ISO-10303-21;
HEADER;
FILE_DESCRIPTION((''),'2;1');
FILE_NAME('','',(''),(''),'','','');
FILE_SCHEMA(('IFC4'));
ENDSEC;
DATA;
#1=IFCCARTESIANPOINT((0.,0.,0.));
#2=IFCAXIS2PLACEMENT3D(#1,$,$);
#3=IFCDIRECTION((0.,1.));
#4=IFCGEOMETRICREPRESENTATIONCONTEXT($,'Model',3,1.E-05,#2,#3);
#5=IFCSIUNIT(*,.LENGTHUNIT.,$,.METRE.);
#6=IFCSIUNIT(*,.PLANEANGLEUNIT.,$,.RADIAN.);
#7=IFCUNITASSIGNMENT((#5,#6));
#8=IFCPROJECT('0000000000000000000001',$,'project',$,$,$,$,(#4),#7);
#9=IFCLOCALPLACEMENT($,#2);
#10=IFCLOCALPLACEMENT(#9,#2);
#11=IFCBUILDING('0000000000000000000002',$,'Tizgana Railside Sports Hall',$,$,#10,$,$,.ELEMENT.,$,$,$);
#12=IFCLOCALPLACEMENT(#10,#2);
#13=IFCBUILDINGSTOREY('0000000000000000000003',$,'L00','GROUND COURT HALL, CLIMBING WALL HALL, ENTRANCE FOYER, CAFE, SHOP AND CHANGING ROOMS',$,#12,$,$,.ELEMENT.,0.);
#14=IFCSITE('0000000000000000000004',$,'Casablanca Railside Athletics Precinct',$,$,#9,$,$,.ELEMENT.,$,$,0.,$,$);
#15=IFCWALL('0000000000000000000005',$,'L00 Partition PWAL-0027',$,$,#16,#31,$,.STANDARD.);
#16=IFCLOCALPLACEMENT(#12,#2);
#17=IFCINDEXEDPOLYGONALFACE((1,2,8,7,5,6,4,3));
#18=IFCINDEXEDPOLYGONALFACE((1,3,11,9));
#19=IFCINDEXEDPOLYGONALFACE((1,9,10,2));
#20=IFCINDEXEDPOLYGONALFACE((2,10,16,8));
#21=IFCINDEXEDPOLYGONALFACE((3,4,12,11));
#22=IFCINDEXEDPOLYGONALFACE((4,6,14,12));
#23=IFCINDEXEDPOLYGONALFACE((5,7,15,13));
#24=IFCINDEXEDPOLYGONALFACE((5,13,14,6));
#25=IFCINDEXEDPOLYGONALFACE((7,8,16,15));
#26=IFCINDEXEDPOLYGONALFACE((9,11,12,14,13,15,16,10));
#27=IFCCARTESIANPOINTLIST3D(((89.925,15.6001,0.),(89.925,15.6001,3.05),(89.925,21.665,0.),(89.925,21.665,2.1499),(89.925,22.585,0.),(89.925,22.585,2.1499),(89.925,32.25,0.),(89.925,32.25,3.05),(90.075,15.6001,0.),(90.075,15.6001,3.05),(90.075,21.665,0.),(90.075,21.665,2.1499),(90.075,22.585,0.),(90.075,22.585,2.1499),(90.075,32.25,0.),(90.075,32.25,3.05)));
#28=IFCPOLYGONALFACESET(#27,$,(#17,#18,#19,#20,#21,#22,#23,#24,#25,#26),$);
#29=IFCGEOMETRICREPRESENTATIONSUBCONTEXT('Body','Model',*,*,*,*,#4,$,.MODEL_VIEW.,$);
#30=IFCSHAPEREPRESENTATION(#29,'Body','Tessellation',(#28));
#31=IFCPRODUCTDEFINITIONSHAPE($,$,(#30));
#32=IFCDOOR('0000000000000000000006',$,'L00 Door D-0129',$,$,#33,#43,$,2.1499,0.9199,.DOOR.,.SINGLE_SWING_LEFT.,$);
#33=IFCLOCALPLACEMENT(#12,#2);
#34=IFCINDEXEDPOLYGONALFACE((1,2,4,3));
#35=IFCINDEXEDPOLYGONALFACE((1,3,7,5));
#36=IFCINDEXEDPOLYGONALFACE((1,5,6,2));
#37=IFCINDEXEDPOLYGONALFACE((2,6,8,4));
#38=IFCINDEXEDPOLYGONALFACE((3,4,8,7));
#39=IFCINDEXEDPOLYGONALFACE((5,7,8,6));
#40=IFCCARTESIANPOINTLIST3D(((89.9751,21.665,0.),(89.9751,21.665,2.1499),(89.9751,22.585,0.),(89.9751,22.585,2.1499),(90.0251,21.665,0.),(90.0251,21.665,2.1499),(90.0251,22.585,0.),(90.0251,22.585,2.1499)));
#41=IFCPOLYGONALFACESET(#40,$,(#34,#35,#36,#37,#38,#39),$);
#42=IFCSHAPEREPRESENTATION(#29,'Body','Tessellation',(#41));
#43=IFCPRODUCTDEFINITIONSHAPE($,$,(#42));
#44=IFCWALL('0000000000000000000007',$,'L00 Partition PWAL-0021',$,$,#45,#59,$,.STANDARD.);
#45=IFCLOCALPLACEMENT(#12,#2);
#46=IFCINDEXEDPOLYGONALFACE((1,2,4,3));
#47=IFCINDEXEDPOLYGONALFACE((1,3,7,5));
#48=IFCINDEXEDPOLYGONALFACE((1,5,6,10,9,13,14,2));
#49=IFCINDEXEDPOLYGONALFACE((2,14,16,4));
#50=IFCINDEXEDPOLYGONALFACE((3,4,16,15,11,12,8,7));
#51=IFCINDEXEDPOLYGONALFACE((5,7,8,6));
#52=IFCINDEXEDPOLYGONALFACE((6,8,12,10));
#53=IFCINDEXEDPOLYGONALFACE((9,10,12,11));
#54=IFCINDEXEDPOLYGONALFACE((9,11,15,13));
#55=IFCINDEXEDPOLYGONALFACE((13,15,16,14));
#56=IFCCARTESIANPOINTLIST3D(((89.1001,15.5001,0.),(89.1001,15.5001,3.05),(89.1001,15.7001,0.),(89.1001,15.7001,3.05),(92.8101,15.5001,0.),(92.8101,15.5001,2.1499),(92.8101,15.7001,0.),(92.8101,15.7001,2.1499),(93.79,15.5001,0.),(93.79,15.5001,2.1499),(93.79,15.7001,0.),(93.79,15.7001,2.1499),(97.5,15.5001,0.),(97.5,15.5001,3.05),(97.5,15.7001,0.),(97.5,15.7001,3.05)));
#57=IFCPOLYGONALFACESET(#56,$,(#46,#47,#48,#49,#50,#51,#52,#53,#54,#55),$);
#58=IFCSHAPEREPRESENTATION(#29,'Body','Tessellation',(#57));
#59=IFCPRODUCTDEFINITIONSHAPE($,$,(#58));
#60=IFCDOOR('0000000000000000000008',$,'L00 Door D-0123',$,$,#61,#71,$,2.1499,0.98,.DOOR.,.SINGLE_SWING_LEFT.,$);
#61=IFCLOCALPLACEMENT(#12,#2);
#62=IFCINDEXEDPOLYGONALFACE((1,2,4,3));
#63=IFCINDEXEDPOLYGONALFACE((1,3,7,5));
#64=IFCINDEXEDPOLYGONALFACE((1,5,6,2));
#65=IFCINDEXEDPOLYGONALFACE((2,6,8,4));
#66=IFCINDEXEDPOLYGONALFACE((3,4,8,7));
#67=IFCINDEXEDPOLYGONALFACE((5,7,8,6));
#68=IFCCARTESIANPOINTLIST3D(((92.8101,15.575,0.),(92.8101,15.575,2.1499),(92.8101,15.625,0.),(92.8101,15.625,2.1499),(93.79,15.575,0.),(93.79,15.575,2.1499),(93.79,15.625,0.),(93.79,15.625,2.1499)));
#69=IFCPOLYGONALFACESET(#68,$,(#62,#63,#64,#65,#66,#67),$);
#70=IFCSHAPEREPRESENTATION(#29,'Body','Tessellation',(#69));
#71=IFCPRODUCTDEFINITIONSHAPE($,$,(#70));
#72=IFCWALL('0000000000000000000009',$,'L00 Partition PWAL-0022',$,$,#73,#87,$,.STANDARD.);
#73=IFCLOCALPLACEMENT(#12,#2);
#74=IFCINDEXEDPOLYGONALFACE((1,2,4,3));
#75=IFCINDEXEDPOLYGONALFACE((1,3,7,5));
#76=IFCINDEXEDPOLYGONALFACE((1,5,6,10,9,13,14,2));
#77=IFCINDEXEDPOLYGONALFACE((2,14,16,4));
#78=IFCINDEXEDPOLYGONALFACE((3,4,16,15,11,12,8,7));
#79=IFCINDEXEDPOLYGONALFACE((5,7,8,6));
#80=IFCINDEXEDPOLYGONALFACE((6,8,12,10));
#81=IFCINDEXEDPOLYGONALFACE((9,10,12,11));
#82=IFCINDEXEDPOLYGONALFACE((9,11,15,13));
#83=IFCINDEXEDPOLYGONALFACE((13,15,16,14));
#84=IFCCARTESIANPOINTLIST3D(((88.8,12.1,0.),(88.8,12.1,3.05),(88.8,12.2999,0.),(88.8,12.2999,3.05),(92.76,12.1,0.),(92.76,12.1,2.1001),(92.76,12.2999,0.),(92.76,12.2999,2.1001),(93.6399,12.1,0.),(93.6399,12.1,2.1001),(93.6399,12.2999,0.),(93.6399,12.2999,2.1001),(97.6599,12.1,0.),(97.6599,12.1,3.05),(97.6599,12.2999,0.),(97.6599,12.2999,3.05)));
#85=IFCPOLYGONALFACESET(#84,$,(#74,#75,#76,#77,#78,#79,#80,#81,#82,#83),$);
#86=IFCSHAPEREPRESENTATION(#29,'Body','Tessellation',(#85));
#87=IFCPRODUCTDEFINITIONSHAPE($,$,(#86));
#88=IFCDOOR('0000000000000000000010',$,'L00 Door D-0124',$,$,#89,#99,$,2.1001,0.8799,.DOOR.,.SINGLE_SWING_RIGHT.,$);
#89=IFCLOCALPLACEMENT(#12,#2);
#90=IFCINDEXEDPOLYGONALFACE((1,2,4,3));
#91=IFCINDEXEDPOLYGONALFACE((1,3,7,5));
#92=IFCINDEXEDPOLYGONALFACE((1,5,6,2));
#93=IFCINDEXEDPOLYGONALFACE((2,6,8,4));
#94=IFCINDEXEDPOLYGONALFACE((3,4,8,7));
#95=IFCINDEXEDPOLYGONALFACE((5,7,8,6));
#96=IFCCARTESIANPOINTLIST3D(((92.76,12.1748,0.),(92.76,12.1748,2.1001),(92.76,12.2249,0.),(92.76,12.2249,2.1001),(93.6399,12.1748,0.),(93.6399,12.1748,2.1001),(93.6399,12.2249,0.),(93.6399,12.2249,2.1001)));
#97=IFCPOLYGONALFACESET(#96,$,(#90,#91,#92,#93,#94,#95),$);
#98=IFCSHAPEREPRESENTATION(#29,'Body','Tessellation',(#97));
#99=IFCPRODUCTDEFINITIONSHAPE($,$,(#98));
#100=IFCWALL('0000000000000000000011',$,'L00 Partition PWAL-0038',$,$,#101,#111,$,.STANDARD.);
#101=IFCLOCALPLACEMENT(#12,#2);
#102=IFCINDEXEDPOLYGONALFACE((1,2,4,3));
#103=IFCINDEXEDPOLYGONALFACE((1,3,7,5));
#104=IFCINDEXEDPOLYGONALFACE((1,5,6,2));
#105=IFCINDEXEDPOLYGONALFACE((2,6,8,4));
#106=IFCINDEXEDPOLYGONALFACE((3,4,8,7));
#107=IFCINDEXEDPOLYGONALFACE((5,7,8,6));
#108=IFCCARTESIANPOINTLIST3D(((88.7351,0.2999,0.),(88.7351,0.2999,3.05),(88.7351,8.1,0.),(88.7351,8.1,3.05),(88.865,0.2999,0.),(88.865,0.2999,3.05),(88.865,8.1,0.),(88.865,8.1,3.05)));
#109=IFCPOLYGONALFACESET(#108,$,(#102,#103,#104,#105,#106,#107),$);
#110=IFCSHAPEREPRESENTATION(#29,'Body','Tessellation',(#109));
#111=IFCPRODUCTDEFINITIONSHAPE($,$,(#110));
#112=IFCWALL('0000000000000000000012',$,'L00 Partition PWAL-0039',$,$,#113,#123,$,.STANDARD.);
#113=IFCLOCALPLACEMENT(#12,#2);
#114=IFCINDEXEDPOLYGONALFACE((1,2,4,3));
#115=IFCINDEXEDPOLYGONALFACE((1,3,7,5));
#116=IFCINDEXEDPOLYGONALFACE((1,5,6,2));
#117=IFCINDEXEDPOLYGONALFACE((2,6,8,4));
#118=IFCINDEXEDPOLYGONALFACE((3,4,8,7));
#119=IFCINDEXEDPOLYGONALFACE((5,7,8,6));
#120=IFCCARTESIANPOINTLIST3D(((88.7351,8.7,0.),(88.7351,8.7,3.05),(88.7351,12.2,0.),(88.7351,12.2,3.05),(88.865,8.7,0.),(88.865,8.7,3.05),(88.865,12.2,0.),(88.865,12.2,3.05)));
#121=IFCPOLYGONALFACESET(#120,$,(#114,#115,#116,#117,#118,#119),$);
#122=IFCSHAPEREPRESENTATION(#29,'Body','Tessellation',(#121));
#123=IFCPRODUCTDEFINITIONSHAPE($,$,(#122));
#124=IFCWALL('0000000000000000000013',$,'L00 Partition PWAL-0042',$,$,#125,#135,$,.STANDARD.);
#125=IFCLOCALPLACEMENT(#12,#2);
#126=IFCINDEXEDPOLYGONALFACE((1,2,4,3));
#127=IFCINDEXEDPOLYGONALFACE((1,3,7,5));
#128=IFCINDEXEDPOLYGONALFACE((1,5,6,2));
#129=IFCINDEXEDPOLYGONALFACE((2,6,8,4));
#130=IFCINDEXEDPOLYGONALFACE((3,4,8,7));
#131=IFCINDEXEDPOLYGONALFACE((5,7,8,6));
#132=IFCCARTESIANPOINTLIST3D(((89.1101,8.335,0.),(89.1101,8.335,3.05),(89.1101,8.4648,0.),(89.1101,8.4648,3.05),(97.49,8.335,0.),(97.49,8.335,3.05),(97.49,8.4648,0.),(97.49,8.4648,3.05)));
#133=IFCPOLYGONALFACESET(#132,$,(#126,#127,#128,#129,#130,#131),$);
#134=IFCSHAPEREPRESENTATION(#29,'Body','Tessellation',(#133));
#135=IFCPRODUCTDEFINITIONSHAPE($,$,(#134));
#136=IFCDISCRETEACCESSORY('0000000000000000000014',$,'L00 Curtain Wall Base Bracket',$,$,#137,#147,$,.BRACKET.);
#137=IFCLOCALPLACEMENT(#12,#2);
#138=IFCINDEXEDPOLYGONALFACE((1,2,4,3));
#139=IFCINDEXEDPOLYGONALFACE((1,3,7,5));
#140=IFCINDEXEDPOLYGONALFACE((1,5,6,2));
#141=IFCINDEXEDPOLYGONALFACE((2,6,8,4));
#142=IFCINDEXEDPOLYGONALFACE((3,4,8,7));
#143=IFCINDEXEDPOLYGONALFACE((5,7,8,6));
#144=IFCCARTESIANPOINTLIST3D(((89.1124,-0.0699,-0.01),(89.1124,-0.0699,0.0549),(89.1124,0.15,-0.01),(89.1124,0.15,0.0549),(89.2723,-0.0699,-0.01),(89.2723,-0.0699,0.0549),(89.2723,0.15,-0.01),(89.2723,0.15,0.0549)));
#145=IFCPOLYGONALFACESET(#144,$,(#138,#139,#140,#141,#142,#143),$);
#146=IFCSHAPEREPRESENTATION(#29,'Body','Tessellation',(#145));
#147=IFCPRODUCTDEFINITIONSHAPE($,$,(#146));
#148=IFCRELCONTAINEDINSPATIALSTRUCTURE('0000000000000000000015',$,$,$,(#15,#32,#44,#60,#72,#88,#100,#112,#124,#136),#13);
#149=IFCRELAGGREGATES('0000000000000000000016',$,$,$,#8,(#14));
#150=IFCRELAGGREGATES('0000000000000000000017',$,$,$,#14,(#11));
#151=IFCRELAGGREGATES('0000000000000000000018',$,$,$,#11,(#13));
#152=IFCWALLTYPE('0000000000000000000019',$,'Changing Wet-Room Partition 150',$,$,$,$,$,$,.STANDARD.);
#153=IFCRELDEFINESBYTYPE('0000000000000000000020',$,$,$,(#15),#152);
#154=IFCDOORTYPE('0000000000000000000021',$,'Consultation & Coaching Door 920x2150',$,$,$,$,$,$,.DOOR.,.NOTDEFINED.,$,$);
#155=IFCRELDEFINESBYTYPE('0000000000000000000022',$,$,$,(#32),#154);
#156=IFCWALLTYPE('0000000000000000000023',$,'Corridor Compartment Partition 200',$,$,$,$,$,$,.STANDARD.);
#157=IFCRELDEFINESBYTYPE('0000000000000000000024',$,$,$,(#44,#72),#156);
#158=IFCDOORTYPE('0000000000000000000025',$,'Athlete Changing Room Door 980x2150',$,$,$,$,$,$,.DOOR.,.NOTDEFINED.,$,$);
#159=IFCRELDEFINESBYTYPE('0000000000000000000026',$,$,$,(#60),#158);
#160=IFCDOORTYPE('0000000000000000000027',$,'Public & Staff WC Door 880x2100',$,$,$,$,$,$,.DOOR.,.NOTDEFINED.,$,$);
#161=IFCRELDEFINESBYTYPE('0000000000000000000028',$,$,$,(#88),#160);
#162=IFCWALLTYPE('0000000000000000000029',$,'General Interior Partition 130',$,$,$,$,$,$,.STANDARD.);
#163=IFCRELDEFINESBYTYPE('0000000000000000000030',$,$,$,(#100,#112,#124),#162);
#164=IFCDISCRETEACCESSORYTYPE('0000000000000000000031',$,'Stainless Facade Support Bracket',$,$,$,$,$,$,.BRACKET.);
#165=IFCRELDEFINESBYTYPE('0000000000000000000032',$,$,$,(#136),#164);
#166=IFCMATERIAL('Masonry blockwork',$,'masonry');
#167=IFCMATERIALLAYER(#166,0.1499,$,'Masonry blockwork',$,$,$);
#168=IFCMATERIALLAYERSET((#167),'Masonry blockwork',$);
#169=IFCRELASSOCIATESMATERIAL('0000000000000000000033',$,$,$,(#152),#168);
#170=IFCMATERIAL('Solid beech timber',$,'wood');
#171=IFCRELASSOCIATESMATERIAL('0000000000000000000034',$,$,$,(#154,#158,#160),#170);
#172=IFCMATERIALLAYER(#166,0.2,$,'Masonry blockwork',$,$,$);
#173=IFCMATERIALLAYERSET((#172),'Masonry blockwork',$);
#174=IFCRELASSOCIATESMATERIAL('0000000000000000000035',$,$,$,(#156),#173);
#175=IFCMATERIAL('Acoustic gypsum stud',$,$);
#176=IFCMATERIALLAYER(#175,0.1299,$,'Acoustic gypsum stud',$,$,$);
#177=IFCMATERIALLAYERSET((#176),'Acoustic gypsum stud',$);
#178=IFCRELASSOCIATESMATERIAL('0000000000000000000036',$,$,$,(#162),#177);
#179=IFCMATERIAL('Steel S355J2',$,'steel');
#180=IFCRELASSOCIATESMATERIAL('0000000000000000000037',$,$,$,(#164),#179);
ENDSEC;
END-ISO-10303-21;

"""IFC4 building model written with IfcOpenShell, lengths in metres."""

from ifc_helpers import new_model, si_unit, direction, frame, frame_2d, origin, origin_2d, place, context, subcontext, project, spatial, rectangle, extrude, material, layer, layer_set, type_object, element, fill, save


model = new_model("IFC4")

# Units and contexts
model_context = context("Model", 3, precision=1e-05, world=origin(), true_north=direction((0.0, 1.0)))
body_context = subcontext(model_context, "Body", "Model", "MODEL_VIEW")
ifc_project = project(units=[si_unit("LENGTHUNIT", "METRE"), si_unit("PLANEANGLEUNIT", "RADIAN")], contexts=[model_context])

# Site, building, storey
site_placement = place(None, origin())
site = spatial("IfcSite", under=ifc_project, at=site_placement, Name="Casablanca Railside Athletics Precinct", CompositionType="ELEMENT", RefElevation=0.0)
building_placement = place(site_placement, origin())
building = spatial("IfcBuilding", under=site, at=building_placement, Name="Tizgana Railside Sports Hall", CompositionType="ELEMENT")
storey_placement = place(building_placement, origin())
storey = spatial("IfcBuildingStorey", under=building, at=storey_placement, Name="L00", Description="GROUND COURT HALL, CLIMBING WALL HALL, ENTRANCE FOYER, CAFE, SHOP AND CHANGING ROOMS", CompositionType="ELEMENT", Elevation=0.0)

# Shared definitions
ifc_material_1 = material(Name="Steel S355J2", Category="steel")

# Walls, openings, doors
ifc_material_2 = material(Name="Masonry blockwork", Category="masonry")
ifc_layer_1 = layer(ifc_material_2, 0.1499, Name="Masonry blockwork")
ifc_layer_set_1 = layer_set([ifc_layer_1], Name="Masonry blockwork")
wall_type_1 = type_object("IfcWallType", Name="Changing Wet-Room Partition 150", PredefinedType="STANDARD", material=ifc_layer_set_1)
wall_1_placement = place(storey_placement, frame((90.0, 15.6001, 0.0), z_axis=(0.0, 0.0, 1.0), x_axis=(0.0, 1.0, 0.0)))
wall_1 = element("IfcWall", 1, at=wall_1_placement, inside=storey, type_object=wall_type_1, Name="L00 Partition PWAL-0027", PredefinedType="STANDARD", context=body_context, shape_type="SweptSolid", body=[
    extrude(rectangle(XDim=16.6499, YDim=0.1499, at=frame_2d((8.325, 0.0))), origin(), (0.0, 0.0, 1.0), 3.05),
])
opening_1_placement = place(wall_1_placement, frame((6.0649, 0.0, 0.0)))
opening_1 = element("IfcOpeningElement", 2, at=opening_1_placement, cuts=wall_1, PredefinedType="OPENING", context=body_context, shape_type="SweptSolid", body=[
    extrude(rectangle(XDim=0.9199, YDim=2.1499, at=frame_2d((0.46, 1.075))), frame((0.0, 0.085, 0.0), z_axis=(0.0, -1.0, 0.0), x_axis=(1.0, 0.0, 0.0)), (0.0, 0.0, 1.0), 0.1699),
])
ifc_material_3 = material(Name="Solid beech timber", Category="wood")
door_type_1 = type_object("IfcDoorType", Name="Consultation & Coaching Door 920x2150", OperationType="NOTDEFINED", PredefinedType="DOOR", material=ifc_material_3)
door_1_placement = place(opening_1_placement, origin())
door_1 = element("IfcDoor", 3, at=door_1_placement, inside=storey, type_object=door_type_1, Name="L00 Door D-0129", OperationType="SINGLE_SWING_LEFT", OverallHeight=2.1499, OverallWidth=0.9199, PredefinedType="DOOR", context=body_context, shape_type="SweptSolid", body=[
    extrude(rectangle(XDim=0.9199, YDim=2.1499, at=frame_2d((0.46, 1.075))), frame((0.0, 0.0249, 0.0), z_axis=(0.0, -1.0, 0.0), x_axis=(1.0, 0.0, 0.0)), (0.0, 0.0, 1.0), 0.05),
])
fill(opening_1, door_1)
ifc_layer_2 = layer(ifc_material_2, 0.2, Name="Masonry blockwork")
ifc_layer_set_2 = layer_set([ifc_layer_2], Name="Masonry blockwork")
wall_type_2 = type_object("IfcWallType", Name="Corridor Compartment Partition 200", PredefinedType="STANDARD", material=ifc_layer_set_2)
wall_2_placement = place(storey_placement, frame((89.1001, 15.6001, 0.0), z_axis=(0.0, 0.0, 1.0), x_axis=(1.0, 0.0, 0.0)))
wall_2 = element("IfcWall", 4, at=wall_2_placement, inside=storey, type_object=wall_type_2, Name="L00 Partition PWAL-0021", PredefinedType="STANDARD", context=body_context, shape_type="SweptSolid", body=[
    extrude(rectangle(XDim=8.3999, YDim=0.2, at=frame_2d((4.2, 0.0))), origin(), (0.0, 0.0, 1.0), 3.05),
])
opening_2_placement = place(wall_2_placement, frame((3.71, 0.0, 0.0)))
opening_2 = element("IfcOpeningElement", 5, at=opening_2_placement, cuts=wall_2, PredefinedType="OPENING", context=body_context, shape_type="SweptSolid", body=[
    extrude(rectangle(XDim=0.98, YDim=2.1499, at=frame_2d((0.49, 1.075))), frame((0.0, 0.1099, 0.0), z_axis=(0.0, -1.0, 0.0), x_axis=(1.0, 0.0, 0.0)), (0.0, 0.0, 1.0), 0.22),
])
door_type_2 = type_object("IfcDoorType", Name="Athlete Changing Room Door 980x2150", OperationType="NOTDEFINED", PredefinedType="DOOR", material=ifc_material_3)
door_2_placement = place(opening_2_placement, origin())
door_2 = element("IfcDoor", 6, at=door_2_placement, inside=storey, type_object=door_type_2, Name="L00 Door D-0123", OperationType="SINGLE_SWING_LEFT", OverallHeight=2.1499, OverallWidth=0.98, PredefinedType="DOOR", context=body_context, shape_type="SweptSolid", body=[
    extrude(rectangle(XDim=0.98, YDim=2.1499, at=frame_2d((0.49, 1.075))), frame((0.0, 0.0249, 0.0), z_axis=(0.0, -1.0, 0.0), x_axis=(1.0, 0.0, 0.0)), (0.0, 0.0, 1.0), 0.05),
])
fill(opening_2, door_2)
wall_3_placement = place(storey_placement, frame((88.8, 12.2, 0.0), z_axis=(0.0, 0.0, 1.0), x_axis=(1.0, 0.0, 0.0)))
wall_3 = element("IfcWall", 7, at=wall_3_placement, inside=storey, type_object=wall_type_2, Name="L00 Partition PWAL-0022", PredefinedType="STANDARD", context=body_context, shape_type="SweptSolid", body=[
    extrude(rectangle(XDim=8.8599, YDim=0.2, at=frame_2d((4.4299, 0.0))), origin(), (0.0, 0.0, 1.0), 3.05),
])
opening_3_placement = place(wall_3_placement, frame((3.96, 0.0, 0.0)))
opening_3 = element("IfcOpeningElement", 8, at=opening_3_placement, cuts=wall_3, PredefinedType="OPENING", context=body_context, shape_type="SweptSolid", body=[
    extrude(rectangle(XDim=0.8799, YDim=2.1001, at=frame_2d((0.4399, 1.05))), frame((0.0, 0.1099, 0.0), z_axis=(0.0, -1.0, 0.0), x_axis=(1.0, 0.0, 0.0)), (0.0, 0.0, 1.0), 0.22),
])
door_type_3 = type_object("IfcDoorType", Name="Public & Staff WC Door 880x2100", OperationType="NOTDEFINED", PredefinedType="DOOR", material=ifc_material_3)
door_3_placement = place(opening_3_placement, origin())
door_3 = element("IfcDoor", 9, at=door_3_placement, inside=storey, type_object=door_type_3, Name="L00 Door D-0124", OperationType="SINGLE_SWING_RIGHT", OverallHeight=2.1001, OverallWidth=0.8799, PredefinedType="DOOR", context=body_context, shape_type="SweptSolid", body=[
    extrude(rectangle(XDim=0.8799, YDim=2.1001, at=frame_2d((0.4399, 1.05))), frame((0.0, 0.0249, 0.0), z_axis=(0.0, -1.0, 0.0), x_axis=(1.0, 0.0, 0.0)), (0.0, 0.0, 1.0), 0.05),
])
fill(opening_3, door_3)

# Walls
ifc_material_4 = material(Name="Acoustic gypsum stud")
ifc_layer_3 = layer(ifc_material_4, 0.1299, Name="Acoustic gypsum stud")
ifc_layer_set_3 = layer_set([ifc_layer_3], Name="Acoustic gypsum stud")
wall_type_3 = type_object("IfcWallType", Name="General Interior Partition 130", PredefinedType="STANDARD", material=ifc_layer_set_3)
wall_4_placement = place(storey_placement, frame((88.8, 0.3, 0.0), z_axis=(0.0, 0.0, 1.0), x_axis=(0.0, 1.0, 0.0)))
element("IfcWall", 10, at=wall_4_placement, inside=storey, type_object=wall_type_3, Name="L00 Partition PWAL-0038", PredefinedType="STANDARD", context=body_context, shape_type="SweptSolid", body=[
    extrude(rectangle(XDim=7.8, YDim=0.1299, at=frame_2d((3.8999, 0.0))), origin(), (0.0, 0.0, 1.0), 3.05),
])
wall_5_placement = place(storey_placement, frame((88.8, 8.7, 0.0), z_axis=(0.0, 0.0, 1.0), x_axis=(0.0, 1.0, 0.0)))
element("IfcWall", 11, at=wall_5_placement, inside=storey, type_object=wall_type_3, Name="L00 Partition PWAL-0039", PredefinedType="STANDARD", context=body_context, shape_type="SweptSolid", body=[
    extrude(rectangle(XDim=3.5, YDim=0.1299, at=frame_2d((1.75, 0.0))), origin(), (0.0, 0.0, 1.0), 3.05),
])
wall_6_placement = place(storey_placement, frame((89.1101, 8.3999, 0.0), z_axis=(0.0, 0.0, 1.0), x_axis=(1.0, 0.0, 0.0)))
element("IfcWall", 12, at=wall_6_placement, inside=storey, type_object=wall_type_3, Name="L00 Partition PWAL-0042", PredefinedType="STANDARD", context=body_context, shape_type="SweptSolid", body=[
    extrude(rectangle(XDim=8.3799, YDim=0.1299, at=frame_2d((4.1899, 0.0))), origin(), (0.0, 0.0, 1.0), 3.05),
])

# Discrete accessory
discrete_accessory_type = type_object("IfcDiscreteAccessoryType", Name="Stainless Facade Support Bracket", PredefinedType="BRACKET", material=ifc_material_1)
discrete_accessory_placement = place(storey_placement, frame((89.1924, 0.04, -0.01), z_axis=(0.0, 0.0, 1.0), x_axis=(-1.0, 0.0, 0.0)))
element("IfcDiscreteAccessory", 13, at=discrete_accessory_placement, inside=storey, type_object=discrete_accessory_type, Name="L00 Curtain Wall Base Bracket", PredefinedType="BRACKET", context=body_context, shape_type="SweptSolid", body=[
    extrude(rectangle(XDim=0.1599, YDim=0.22, at=origin_2d()), origin(), (0.0, 0.0, 1.0), 0.0649),
])

save(model, "model.ifc")
